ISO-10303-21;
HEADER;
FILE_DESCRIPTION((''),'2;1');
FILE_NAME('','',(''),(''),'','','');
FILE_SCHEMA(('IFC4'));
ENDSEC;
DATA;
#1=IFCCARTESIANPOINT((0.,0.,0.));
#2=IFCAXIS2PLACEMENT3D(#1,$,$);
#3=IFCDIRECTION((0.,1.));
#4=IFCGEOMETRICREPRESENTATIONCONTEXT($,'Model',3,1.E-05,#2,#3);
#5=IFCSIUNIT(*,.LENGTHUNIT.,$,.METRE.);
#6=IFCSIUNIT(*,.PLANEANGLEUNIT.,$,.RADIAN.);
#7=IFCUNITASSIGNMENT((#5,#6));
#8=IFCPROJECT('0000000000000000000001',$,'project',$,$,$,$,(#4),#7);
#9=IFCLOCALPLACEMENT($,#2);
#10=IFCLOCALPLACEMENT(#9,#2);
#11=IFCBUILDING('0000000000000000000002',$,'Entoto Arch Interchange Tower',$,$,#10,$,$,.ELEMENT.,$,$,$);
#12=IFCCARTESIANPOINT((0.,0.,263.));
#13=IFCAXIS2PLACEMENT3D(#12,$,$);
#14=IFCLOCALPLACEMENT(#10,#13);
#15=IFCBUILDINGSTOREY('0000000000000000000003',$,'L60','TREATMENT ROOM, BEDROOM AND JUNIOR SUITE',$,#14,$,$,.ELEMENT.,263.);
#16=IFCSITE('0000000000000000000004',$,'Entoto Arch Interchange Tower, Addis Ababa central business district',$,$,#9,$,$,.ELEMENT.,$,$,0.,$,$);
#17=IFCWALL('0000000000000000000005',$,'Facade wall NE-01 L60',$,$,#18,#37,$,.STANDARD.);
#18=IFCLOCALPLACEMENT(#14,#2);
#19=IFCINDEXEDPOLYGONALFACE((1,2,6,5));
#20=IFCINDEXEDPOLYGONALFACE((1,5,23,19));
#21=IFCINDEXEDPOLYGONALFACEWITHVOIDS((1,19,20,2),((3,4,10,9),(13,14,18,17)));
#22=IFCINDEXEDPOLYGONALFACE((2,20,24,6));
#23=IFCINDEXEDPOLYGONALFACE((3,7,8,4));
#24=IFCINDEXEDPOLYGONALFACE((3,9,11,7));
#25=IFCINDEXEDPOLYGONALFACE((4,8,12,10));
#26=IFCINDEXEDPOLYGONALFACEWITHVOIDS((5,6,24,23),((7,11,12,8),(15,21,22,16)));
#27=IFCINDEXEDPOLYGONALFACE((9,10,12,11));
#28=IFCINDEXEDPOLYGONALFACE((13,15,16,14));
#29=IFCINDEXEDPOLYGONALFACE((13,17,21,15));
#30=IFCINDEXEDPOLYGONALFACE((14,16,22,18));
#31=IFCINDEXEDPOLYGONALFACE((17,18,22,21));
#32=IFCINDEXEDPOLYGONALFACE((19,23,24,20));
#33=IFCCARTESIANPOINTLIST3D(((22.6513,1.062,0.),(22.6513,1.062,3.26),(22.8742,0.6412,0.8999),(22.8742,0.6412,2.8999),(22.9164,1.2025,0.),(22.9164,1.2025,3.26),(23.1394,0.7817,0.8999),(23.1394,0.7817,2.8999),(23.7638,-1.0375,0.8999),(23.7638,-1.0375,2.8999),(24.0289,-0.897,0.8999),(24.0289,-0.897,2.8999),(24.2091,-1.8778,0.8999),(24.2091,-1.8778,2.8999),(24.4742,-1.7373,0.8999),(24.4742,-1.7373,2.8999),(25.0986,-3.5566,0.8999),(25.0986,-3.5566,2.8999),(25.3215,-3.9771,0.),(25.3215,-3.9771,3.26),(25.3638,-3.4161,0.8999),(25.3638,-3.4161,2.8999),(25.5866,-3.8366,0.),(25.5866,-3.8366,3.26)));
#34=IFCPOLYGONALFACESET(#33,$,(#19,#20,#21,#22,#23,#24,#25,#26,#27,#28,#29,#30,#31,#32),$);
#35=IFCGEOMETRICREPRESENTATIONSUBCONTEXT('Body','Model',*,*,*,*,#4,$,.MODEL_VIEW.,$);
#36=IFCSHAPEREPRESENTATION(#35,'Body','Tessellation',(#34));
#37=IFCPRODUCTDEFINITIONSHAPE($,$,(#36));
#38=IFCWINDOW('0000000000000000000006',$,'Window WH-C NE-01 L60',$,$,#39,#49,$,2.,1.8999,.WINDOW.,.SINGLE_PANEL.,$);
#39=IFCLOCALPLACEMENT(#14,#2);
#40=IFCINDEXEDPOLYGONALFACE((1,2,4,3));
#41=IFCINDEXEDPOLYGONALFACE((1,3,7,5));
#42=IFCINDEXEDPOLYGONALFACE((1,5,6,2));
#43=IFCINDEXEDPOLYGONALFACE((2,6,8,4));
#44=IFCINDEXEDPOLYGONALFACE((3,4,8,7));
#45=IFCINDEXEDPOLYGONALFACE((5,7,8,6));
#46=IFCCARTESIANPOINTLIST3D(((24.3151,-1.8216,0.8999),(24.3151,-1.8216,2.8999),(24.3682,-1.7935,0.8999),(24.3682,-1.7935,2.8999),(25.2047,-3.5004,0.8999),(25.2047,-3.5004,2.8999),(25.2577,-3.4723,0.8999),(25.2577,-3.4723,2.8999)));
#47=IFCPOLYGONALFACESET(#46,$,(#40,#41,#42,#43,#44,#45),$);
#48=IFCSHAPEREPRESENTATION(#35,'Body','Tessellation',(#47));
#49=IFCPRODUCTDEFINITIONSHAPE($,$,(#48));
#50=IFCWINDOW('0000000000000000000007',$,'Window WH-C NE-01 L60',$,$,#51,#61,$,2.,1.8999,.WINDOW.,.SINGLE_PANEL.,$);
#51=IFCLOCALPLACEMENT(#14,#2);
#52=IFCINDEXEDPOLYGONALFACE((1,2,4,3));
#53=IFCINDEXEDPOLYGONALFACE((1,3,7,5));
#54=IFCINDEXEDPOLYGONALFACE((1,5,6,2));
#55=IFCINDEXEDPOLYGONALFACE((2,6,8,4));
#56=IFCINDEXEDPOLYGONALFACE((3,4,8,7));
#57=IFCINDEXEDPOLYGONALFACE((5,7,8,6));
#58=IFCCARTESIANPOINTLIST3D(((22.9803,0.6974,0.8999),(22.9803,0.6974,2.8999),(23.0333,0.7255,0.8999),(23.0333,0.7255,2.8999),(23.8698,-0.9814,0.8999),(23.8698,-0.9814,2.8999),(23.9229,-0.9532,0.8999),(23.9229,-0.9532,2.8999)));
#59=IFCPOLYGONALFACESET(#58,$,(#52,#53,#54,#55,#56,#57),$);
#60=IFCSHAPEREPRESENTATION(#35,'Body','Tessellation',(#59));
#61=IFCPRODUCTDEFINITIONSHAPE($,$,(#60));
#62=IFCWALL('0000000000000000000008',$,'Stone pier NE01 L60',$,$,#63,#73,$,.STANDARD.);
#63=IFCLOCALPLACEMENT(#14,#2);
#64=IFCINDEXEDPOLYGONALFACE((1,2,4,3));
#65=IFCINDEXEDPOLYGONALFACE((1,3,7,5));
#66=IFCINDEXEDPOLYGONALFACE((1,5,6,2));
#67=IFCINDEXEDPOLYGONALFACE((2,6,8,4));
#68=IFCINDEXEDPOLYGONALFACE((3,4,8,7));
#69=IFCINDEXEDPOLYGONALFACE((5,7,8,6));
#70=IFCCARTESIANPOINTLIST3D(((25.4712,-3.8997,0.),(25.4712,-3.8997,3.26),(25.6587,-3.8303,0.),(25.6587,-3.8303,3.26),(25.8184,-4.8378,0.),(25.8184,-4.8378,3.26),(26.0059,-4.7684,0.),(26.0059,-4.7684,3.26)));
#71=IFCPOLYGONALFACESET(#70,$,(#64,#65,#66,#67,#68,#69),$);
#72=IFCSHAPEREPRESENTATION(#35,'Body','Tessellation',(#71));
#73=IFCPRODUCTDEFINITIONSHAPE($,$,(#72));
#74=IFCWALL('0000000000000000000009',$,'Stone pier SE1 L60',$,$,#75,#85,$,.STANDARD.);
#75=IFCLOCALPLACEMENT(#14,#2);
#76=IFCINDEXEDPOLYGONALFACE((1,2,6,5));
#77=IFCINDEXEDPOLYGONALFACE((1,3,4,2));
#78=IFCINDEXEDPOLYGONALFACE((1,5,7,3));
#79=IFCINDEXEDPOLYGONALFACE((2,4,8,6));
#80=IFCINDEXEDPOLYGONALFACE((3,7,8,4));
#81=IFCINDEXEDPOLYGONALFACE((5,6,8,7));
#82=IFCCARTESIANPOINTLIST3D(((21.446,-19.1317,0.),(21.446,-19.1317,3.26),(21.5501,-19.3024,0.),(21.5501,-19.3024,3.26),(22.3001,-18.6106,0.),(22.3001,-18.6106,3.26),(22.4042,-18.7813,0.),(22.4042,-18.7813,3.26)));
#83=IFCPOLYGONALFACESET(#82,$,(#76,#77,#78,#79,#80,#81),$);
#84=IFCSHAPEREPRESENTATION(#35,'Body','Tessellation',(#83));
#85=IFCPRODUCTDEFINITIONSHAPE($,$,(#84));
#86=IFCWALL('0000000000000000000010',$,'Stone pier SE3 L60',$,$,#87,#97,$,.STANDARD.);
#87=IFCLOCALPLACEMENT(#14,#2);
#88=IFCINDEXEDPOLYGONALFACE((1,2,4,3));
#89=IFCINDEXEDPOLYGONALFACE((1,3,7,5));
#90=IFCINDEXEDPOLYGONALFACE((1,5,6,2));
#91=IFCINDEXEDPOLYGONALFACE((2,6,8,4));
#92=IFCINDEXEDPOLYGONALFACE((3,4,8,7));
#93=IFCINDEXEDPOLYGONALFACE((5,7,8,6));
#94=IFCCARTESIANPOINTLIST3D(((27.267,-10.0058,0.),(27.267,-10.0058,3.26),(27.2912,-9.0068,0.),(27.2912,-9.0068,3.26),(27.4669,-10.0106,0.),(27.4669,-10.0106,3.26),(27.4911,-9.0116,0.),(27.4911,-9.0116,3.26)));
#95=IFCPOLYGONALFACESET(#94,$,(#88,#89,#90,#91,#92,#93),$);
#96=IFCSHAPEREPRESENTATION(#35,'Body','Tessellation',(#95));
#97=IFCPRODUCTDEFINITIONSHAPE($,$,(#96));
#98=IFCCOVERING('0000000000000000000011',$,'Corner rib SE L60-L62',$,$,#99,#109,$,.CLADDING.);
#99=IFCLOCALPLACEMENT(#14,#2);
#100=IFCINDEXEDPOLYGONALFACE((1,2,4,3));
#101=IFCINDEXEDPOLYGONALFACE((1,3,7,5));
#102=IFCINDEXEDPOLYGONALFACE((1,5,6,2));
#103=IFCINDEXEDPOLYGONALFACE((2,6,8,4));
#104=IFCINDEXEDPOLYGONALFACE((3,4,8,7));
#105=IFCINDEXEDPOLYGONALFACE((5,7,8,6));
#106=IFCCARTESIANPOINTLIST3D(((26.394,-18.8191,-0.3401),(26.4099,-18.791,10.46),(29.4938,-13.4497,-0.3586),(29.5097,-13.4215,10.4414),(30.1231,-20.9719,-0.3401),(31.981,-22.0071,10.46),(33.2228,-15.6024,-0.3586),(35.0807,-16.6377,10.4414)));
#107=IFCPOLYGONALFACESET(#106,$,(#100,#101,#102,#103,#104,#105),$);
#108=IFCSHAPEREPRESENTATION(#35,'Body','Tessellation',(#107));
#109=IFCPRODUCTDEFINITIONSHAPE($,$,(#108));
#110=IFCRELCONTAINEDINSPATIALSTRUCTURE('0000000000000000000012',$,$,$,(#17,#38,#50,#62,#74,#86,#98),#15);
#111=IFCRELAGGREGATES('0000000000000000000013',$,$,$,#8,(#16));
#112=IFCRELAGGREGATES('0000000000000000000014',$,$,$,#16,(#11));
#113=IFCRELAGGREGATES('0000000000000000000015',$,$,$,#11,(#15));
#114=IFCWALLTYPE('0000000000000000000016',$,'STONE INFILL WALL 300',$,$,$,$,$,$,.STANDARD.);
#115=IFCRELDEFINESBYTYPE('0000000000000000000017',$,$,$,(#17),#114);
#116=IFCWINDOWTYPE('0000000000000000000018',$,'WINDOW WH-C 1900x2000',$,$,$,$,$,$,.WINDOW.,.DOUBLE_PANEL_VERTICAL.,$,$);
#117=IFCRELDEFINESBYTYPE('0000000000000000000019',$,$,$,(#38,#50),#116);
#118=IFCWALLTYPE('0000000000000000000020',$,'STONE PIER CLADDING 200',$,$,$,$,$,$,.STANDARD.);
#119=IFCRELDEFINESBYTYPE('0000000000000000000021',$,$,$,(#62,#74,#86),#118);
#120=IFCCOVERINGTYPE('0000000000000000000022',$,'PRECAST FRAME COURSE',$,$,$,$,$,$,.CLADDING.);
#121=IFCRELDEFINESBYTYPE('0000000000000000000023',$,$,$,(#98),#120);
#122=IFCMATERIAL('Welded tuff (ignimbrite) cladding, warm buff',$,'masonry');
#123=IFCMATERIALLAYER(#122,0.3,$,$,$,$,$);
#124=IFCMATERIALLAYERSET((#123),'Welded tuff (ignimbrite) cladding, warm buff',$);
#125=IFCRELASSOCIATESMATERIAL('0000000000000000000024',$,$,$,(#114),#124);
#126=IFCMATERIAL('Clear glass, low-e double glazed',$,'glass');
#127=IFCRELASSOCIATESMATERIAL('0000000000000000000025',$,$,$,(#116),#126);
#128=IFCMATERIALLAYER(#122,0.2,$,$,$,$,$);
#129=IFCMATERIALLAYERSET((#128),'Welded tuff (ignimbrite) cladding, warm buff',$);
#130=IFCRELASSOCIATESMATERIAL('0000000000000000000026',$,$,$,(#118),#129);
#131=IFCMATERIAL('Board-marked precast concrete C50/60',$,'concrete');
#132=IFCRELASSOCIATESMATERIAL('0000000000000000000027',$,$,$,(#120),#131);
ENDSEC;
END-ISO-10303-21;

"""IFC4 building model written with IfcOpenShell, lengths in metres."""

from ifc_helpers import new_model, si_unit, direction, frame, frame_2d, origin, place, context, subcontext, project, spatial, polyline, rectangle, outline, extrude, material, layer, layer_set, type_object, element, fill, save


model = new_model("IFC4")

# Units and contexts
model_context = context("Model", 3, precision=1e-05, world=origin(), true_north=direction((0.0, 1.0)))
body_context = subcontext(model_context, "Body", "Model", "MODEL_VIEW")
ifc_project = project(units=[si_unit("LENGTHUNIT", "METRE"), si_unit("PLANEANGLEUNIT", "RADIAN")], contexts=[model_context])

# Site, building, storey
site_placement = place(None, origin())
site = spatial("IfcSite", under=ifc_project, at=site_placement, Name="Entoto Arch Interchange Tower, Addis Ababa central business district", CompositionType="ELEMENT", RefElevation=0.0)
building_placement = place(site_placement, origin())
building = spatial("IfcBuilding", under=site, at=building_placement, Name="Entoto Arch Interchange Tower", CompositionType="ELEMENT")
storey_placement = place(building_placement, frame((0.0, 0.0, 263.0)))
storey = spatial("IfcBuildingStorey", under=building, at=storey_placement, Name="L60", Description="TREATMENT ROOM, BEDROOM AND JUNIOR SUITE", CompositionType="ELEMENT", Elevation=263.0)

# Shared definitions
ifc_material_1 = material(Name="Welded tuff (ignimbrite) cladding, warm buff", Category="masonry")
ifc_layer_1 = layer(ifc_material_1, 0.3)
ifc_layer_set_1 = layer_set([ifc_layer_1], Name="Welded tuff (ignimbrite) cladding, warm buff")
wall_type_1 = type_object("IfcWallType", Name="STONE INFILL WALL 300", PredefinedType="STANDARD", material=ifc_layer_set_1)
ifc_material_2 = material(Name="Clear glass, low-e double glazed", Category="glass")

# Wall, openings, windows
wall_1_placement = place(storey_placement, frame((25.4541, -3.907, 0.0), z_axis=(0.0, 0.0, 1.0), x_axis=(-0.46822, 0.883612, 0.0)))
wall_1 = element("IfcWall", 1, at=wall_1_placement, inside=storey, type_object=wall_type_1, Name="Facade wall NE-01 L60", PredefinedType="STANDARD", context=body_context, shape_type="SweptSolid", body=[
    extrude(rectangle(XDim=5.7029, YDim=0.3, at=frame_2d((2.8516, 0.0))), origin(), (0.0, 0.0, 1.0), 3.26),
])
opening_1_placement = place(wall_1_placement, frame((0.4761, 0.0, 0.8999)))
opening_1 = element("IfcOpeningElement", 2, at=opening_1_placement, cuts=wall_1, PredefinedType="OPENING", context=body_context, shape_type="SweptSolid", body=[
    extrude(rectangle(XDim=1.8999, YDim=2.0, at=frame_2d((0.95, 1.0))), frame((0.0, 0.1602, 0.0), z_axis=(0.0, -1.0, 0.0), x_axis=(1.0, 0.0, 0.0)), (0.0, 0.0, 1.0), 0.3201),
])
opening_2_placement = place(wall_1_placement, frame((3.3269, 0.0, 0.8999)))
opening_2 = element("IfcOpeningElement", 3, at=opening_2_placement, cuts=wall_1, PredefinedType="OPENING", context=body_context, shape_type="SweptSolid", body=[
    extrude(rectangle(XDim=1.8999, YDim=2.0, at=frame_2d((0.95, 1.0))), frame((0.0, 0.1602, 0.0), z_axis=(0.0, -1.0, 0.0), x_axis=(1.0, 0.0, 0.0)), (0.0, 0.0, 1.0), 0.3201),
])
window_type_1 = type_object("IfcWindowType", Name="WINDOW WH-C 1900x2000", PartitioningType="DOUBLE_PANEL_VERTICAL", PredefinedType="WINDOW", material=ifc_material_2)
window_1_placement = place(opening_1_placement, origin())
window_1 = element("IfcWindow", 4, at=window_1_placement, inside=storey, type_object=window_type_1, Name="Window WH-C NE-01 L60", OverallHeight=2.0, OverallWidth=1.8999, PartitioningType="SINGLE_PANEL", PredefinedType="WINDOW", context=body_context, shape_type="SweptSolid", body=[
    extrude(rectangle(XDim=1.8999, YDim=2.0, at=frame_2d((0.95, 1.0))), frame((0.0, 0.03, 0.0), z_axis=(0.0, -1.0, 0.0), x_axis=(1.0, 0.0, 0.0)), (0.0, 0.0, 1.0), 0.0601),
])
fill(opening_1, window_1)
window_2_placement = place(opening_2_placement, origin())
window_2 = element("IfcWindow", 5, at=window_2_placement, inside=storey, type_object=window_type_1, Name="Window WH-C NE-01 L60", OverallHeight=2.0, OverallWidth=1.8999, PartitioningType="SINGLE_PANEL", PredefinedType="WINDOW", context=body_context, shape_type="SweptSolid", body=[
    extrude(rectangle(XDim=1.8999, YDim=2.0, at=frame_2d((0.95, 1.0))), frame((0.0, 0.03, 0.0), z_axis=(0.0, -1.0, 0.0), x_axis=(1.0, 0.0, 0.0)), (0.0, 0.0, 1.0), 0.0601),
])
fill(opening_2, window_2)

# Walls
ifc_layer_2 = layer(ifc_material_1, 0.2)
ifc_layer_set_2 = layer_set([ifc_layer_2], Name="Welded tuff (ignimbrite) cladding, warm buff")
wall_type_2 = type_object("IfcWallType", Name="STONE PIER CLADDING 200", PredefinedType="STANDARD", material=ifc_layer_set_2)
wall_2_placement = place(storey_placement, frame((25.9121, -4.803, 0.0), z_axis=(0.0, 0.0, 1.0), x_axis=(-0.347108, 0.937825, 0.0)))
element("IfcWall", 6, at=wall_2_placement, inside=storey, type_object=wall_type_2, Name="Stone pier NE01 L60", PredefinedType="STANDARD", context=body_context, shape_type="SweptSolid", body=[
    extrude(rectangle(XDim=1.0002, YDim=0.2, at=frame_2d((0.5, 0.0))), origin(), (0.0, 0.0, 1.0), 3.26),
])
wall_3_placement = place(storey_placement, frame((21.498, -19.217, 0.0), z_axis=(0.0, 0.0, 1.0), x_axis=(0.85368, 0.520798, 0.0)))
element("IfcWall", 7, at=wall_3_placement, inside=storey, type_object=wall_type_2, Name="Stone pier SE1 L60", PredefinedType="STANDARD", context=body_context, shape_type="SweptSolid", body=[
    extrude(rectangle(XDim=1.0005, YDim=0.2, at=frame_2d((0.5002, 0.0))), origin(), (0.0, 0.0, 1.0), 3.26),
])
wall_4_placement = place(storey_placement, frame((27.3669, -10.0081, 0.0), z_axis=(0.0, 0.0, 1.0), x_axis=(0.024186, 0.999707, 0.0)))
element("IfcWall", 8, at=wall_4_placement, inside=storey, type_object=wall_type_2, Name="Stone pier SE3 L60", PredefinedType="STANDARD", context=body_context, shape_type="SweptSolid", body=[
    extrude(rectangle(XDim=0.9993, YDim=0.2, at=frame_2d((0.4995, 0.0))), origin(), (0.0, 0.0, 1.0), 3.26),
])

# Covering
ifc_material_3 = material(Name="Board-marked precast concrete C50/60", Category="concrete")
covering_type = type_object("IfcCoveringType", Name="PRECAST FRAME COURSE", PredefinedType="CLADDING", material=ifc_material_3)
covering_placement = place(storey_placement, frame((26.394, -18.8191, -0.3401), z_axis=(-0.499964, -0.866041, 0.002993), x_axis=(0.866045, -0.499966, 0.0)))
element("IfcCovering", 9, at=covering_placement, inside=storey, type_object=covering_type, Name="Corner rib SE L60-L62", PredefinedType="CLADDING", context=body_context, shape_type="SweptSolid", body=[
    extrude(outline(polyline([(0.0, 0.0), (4.3058, 0.0), (6.4324, 10.8001), (-0.0003, 10.8001), (0.0, 0.0)])), origin(), (0.0, 0.0, -1.0), 6.2),
])

save(model, "model.ifc")
